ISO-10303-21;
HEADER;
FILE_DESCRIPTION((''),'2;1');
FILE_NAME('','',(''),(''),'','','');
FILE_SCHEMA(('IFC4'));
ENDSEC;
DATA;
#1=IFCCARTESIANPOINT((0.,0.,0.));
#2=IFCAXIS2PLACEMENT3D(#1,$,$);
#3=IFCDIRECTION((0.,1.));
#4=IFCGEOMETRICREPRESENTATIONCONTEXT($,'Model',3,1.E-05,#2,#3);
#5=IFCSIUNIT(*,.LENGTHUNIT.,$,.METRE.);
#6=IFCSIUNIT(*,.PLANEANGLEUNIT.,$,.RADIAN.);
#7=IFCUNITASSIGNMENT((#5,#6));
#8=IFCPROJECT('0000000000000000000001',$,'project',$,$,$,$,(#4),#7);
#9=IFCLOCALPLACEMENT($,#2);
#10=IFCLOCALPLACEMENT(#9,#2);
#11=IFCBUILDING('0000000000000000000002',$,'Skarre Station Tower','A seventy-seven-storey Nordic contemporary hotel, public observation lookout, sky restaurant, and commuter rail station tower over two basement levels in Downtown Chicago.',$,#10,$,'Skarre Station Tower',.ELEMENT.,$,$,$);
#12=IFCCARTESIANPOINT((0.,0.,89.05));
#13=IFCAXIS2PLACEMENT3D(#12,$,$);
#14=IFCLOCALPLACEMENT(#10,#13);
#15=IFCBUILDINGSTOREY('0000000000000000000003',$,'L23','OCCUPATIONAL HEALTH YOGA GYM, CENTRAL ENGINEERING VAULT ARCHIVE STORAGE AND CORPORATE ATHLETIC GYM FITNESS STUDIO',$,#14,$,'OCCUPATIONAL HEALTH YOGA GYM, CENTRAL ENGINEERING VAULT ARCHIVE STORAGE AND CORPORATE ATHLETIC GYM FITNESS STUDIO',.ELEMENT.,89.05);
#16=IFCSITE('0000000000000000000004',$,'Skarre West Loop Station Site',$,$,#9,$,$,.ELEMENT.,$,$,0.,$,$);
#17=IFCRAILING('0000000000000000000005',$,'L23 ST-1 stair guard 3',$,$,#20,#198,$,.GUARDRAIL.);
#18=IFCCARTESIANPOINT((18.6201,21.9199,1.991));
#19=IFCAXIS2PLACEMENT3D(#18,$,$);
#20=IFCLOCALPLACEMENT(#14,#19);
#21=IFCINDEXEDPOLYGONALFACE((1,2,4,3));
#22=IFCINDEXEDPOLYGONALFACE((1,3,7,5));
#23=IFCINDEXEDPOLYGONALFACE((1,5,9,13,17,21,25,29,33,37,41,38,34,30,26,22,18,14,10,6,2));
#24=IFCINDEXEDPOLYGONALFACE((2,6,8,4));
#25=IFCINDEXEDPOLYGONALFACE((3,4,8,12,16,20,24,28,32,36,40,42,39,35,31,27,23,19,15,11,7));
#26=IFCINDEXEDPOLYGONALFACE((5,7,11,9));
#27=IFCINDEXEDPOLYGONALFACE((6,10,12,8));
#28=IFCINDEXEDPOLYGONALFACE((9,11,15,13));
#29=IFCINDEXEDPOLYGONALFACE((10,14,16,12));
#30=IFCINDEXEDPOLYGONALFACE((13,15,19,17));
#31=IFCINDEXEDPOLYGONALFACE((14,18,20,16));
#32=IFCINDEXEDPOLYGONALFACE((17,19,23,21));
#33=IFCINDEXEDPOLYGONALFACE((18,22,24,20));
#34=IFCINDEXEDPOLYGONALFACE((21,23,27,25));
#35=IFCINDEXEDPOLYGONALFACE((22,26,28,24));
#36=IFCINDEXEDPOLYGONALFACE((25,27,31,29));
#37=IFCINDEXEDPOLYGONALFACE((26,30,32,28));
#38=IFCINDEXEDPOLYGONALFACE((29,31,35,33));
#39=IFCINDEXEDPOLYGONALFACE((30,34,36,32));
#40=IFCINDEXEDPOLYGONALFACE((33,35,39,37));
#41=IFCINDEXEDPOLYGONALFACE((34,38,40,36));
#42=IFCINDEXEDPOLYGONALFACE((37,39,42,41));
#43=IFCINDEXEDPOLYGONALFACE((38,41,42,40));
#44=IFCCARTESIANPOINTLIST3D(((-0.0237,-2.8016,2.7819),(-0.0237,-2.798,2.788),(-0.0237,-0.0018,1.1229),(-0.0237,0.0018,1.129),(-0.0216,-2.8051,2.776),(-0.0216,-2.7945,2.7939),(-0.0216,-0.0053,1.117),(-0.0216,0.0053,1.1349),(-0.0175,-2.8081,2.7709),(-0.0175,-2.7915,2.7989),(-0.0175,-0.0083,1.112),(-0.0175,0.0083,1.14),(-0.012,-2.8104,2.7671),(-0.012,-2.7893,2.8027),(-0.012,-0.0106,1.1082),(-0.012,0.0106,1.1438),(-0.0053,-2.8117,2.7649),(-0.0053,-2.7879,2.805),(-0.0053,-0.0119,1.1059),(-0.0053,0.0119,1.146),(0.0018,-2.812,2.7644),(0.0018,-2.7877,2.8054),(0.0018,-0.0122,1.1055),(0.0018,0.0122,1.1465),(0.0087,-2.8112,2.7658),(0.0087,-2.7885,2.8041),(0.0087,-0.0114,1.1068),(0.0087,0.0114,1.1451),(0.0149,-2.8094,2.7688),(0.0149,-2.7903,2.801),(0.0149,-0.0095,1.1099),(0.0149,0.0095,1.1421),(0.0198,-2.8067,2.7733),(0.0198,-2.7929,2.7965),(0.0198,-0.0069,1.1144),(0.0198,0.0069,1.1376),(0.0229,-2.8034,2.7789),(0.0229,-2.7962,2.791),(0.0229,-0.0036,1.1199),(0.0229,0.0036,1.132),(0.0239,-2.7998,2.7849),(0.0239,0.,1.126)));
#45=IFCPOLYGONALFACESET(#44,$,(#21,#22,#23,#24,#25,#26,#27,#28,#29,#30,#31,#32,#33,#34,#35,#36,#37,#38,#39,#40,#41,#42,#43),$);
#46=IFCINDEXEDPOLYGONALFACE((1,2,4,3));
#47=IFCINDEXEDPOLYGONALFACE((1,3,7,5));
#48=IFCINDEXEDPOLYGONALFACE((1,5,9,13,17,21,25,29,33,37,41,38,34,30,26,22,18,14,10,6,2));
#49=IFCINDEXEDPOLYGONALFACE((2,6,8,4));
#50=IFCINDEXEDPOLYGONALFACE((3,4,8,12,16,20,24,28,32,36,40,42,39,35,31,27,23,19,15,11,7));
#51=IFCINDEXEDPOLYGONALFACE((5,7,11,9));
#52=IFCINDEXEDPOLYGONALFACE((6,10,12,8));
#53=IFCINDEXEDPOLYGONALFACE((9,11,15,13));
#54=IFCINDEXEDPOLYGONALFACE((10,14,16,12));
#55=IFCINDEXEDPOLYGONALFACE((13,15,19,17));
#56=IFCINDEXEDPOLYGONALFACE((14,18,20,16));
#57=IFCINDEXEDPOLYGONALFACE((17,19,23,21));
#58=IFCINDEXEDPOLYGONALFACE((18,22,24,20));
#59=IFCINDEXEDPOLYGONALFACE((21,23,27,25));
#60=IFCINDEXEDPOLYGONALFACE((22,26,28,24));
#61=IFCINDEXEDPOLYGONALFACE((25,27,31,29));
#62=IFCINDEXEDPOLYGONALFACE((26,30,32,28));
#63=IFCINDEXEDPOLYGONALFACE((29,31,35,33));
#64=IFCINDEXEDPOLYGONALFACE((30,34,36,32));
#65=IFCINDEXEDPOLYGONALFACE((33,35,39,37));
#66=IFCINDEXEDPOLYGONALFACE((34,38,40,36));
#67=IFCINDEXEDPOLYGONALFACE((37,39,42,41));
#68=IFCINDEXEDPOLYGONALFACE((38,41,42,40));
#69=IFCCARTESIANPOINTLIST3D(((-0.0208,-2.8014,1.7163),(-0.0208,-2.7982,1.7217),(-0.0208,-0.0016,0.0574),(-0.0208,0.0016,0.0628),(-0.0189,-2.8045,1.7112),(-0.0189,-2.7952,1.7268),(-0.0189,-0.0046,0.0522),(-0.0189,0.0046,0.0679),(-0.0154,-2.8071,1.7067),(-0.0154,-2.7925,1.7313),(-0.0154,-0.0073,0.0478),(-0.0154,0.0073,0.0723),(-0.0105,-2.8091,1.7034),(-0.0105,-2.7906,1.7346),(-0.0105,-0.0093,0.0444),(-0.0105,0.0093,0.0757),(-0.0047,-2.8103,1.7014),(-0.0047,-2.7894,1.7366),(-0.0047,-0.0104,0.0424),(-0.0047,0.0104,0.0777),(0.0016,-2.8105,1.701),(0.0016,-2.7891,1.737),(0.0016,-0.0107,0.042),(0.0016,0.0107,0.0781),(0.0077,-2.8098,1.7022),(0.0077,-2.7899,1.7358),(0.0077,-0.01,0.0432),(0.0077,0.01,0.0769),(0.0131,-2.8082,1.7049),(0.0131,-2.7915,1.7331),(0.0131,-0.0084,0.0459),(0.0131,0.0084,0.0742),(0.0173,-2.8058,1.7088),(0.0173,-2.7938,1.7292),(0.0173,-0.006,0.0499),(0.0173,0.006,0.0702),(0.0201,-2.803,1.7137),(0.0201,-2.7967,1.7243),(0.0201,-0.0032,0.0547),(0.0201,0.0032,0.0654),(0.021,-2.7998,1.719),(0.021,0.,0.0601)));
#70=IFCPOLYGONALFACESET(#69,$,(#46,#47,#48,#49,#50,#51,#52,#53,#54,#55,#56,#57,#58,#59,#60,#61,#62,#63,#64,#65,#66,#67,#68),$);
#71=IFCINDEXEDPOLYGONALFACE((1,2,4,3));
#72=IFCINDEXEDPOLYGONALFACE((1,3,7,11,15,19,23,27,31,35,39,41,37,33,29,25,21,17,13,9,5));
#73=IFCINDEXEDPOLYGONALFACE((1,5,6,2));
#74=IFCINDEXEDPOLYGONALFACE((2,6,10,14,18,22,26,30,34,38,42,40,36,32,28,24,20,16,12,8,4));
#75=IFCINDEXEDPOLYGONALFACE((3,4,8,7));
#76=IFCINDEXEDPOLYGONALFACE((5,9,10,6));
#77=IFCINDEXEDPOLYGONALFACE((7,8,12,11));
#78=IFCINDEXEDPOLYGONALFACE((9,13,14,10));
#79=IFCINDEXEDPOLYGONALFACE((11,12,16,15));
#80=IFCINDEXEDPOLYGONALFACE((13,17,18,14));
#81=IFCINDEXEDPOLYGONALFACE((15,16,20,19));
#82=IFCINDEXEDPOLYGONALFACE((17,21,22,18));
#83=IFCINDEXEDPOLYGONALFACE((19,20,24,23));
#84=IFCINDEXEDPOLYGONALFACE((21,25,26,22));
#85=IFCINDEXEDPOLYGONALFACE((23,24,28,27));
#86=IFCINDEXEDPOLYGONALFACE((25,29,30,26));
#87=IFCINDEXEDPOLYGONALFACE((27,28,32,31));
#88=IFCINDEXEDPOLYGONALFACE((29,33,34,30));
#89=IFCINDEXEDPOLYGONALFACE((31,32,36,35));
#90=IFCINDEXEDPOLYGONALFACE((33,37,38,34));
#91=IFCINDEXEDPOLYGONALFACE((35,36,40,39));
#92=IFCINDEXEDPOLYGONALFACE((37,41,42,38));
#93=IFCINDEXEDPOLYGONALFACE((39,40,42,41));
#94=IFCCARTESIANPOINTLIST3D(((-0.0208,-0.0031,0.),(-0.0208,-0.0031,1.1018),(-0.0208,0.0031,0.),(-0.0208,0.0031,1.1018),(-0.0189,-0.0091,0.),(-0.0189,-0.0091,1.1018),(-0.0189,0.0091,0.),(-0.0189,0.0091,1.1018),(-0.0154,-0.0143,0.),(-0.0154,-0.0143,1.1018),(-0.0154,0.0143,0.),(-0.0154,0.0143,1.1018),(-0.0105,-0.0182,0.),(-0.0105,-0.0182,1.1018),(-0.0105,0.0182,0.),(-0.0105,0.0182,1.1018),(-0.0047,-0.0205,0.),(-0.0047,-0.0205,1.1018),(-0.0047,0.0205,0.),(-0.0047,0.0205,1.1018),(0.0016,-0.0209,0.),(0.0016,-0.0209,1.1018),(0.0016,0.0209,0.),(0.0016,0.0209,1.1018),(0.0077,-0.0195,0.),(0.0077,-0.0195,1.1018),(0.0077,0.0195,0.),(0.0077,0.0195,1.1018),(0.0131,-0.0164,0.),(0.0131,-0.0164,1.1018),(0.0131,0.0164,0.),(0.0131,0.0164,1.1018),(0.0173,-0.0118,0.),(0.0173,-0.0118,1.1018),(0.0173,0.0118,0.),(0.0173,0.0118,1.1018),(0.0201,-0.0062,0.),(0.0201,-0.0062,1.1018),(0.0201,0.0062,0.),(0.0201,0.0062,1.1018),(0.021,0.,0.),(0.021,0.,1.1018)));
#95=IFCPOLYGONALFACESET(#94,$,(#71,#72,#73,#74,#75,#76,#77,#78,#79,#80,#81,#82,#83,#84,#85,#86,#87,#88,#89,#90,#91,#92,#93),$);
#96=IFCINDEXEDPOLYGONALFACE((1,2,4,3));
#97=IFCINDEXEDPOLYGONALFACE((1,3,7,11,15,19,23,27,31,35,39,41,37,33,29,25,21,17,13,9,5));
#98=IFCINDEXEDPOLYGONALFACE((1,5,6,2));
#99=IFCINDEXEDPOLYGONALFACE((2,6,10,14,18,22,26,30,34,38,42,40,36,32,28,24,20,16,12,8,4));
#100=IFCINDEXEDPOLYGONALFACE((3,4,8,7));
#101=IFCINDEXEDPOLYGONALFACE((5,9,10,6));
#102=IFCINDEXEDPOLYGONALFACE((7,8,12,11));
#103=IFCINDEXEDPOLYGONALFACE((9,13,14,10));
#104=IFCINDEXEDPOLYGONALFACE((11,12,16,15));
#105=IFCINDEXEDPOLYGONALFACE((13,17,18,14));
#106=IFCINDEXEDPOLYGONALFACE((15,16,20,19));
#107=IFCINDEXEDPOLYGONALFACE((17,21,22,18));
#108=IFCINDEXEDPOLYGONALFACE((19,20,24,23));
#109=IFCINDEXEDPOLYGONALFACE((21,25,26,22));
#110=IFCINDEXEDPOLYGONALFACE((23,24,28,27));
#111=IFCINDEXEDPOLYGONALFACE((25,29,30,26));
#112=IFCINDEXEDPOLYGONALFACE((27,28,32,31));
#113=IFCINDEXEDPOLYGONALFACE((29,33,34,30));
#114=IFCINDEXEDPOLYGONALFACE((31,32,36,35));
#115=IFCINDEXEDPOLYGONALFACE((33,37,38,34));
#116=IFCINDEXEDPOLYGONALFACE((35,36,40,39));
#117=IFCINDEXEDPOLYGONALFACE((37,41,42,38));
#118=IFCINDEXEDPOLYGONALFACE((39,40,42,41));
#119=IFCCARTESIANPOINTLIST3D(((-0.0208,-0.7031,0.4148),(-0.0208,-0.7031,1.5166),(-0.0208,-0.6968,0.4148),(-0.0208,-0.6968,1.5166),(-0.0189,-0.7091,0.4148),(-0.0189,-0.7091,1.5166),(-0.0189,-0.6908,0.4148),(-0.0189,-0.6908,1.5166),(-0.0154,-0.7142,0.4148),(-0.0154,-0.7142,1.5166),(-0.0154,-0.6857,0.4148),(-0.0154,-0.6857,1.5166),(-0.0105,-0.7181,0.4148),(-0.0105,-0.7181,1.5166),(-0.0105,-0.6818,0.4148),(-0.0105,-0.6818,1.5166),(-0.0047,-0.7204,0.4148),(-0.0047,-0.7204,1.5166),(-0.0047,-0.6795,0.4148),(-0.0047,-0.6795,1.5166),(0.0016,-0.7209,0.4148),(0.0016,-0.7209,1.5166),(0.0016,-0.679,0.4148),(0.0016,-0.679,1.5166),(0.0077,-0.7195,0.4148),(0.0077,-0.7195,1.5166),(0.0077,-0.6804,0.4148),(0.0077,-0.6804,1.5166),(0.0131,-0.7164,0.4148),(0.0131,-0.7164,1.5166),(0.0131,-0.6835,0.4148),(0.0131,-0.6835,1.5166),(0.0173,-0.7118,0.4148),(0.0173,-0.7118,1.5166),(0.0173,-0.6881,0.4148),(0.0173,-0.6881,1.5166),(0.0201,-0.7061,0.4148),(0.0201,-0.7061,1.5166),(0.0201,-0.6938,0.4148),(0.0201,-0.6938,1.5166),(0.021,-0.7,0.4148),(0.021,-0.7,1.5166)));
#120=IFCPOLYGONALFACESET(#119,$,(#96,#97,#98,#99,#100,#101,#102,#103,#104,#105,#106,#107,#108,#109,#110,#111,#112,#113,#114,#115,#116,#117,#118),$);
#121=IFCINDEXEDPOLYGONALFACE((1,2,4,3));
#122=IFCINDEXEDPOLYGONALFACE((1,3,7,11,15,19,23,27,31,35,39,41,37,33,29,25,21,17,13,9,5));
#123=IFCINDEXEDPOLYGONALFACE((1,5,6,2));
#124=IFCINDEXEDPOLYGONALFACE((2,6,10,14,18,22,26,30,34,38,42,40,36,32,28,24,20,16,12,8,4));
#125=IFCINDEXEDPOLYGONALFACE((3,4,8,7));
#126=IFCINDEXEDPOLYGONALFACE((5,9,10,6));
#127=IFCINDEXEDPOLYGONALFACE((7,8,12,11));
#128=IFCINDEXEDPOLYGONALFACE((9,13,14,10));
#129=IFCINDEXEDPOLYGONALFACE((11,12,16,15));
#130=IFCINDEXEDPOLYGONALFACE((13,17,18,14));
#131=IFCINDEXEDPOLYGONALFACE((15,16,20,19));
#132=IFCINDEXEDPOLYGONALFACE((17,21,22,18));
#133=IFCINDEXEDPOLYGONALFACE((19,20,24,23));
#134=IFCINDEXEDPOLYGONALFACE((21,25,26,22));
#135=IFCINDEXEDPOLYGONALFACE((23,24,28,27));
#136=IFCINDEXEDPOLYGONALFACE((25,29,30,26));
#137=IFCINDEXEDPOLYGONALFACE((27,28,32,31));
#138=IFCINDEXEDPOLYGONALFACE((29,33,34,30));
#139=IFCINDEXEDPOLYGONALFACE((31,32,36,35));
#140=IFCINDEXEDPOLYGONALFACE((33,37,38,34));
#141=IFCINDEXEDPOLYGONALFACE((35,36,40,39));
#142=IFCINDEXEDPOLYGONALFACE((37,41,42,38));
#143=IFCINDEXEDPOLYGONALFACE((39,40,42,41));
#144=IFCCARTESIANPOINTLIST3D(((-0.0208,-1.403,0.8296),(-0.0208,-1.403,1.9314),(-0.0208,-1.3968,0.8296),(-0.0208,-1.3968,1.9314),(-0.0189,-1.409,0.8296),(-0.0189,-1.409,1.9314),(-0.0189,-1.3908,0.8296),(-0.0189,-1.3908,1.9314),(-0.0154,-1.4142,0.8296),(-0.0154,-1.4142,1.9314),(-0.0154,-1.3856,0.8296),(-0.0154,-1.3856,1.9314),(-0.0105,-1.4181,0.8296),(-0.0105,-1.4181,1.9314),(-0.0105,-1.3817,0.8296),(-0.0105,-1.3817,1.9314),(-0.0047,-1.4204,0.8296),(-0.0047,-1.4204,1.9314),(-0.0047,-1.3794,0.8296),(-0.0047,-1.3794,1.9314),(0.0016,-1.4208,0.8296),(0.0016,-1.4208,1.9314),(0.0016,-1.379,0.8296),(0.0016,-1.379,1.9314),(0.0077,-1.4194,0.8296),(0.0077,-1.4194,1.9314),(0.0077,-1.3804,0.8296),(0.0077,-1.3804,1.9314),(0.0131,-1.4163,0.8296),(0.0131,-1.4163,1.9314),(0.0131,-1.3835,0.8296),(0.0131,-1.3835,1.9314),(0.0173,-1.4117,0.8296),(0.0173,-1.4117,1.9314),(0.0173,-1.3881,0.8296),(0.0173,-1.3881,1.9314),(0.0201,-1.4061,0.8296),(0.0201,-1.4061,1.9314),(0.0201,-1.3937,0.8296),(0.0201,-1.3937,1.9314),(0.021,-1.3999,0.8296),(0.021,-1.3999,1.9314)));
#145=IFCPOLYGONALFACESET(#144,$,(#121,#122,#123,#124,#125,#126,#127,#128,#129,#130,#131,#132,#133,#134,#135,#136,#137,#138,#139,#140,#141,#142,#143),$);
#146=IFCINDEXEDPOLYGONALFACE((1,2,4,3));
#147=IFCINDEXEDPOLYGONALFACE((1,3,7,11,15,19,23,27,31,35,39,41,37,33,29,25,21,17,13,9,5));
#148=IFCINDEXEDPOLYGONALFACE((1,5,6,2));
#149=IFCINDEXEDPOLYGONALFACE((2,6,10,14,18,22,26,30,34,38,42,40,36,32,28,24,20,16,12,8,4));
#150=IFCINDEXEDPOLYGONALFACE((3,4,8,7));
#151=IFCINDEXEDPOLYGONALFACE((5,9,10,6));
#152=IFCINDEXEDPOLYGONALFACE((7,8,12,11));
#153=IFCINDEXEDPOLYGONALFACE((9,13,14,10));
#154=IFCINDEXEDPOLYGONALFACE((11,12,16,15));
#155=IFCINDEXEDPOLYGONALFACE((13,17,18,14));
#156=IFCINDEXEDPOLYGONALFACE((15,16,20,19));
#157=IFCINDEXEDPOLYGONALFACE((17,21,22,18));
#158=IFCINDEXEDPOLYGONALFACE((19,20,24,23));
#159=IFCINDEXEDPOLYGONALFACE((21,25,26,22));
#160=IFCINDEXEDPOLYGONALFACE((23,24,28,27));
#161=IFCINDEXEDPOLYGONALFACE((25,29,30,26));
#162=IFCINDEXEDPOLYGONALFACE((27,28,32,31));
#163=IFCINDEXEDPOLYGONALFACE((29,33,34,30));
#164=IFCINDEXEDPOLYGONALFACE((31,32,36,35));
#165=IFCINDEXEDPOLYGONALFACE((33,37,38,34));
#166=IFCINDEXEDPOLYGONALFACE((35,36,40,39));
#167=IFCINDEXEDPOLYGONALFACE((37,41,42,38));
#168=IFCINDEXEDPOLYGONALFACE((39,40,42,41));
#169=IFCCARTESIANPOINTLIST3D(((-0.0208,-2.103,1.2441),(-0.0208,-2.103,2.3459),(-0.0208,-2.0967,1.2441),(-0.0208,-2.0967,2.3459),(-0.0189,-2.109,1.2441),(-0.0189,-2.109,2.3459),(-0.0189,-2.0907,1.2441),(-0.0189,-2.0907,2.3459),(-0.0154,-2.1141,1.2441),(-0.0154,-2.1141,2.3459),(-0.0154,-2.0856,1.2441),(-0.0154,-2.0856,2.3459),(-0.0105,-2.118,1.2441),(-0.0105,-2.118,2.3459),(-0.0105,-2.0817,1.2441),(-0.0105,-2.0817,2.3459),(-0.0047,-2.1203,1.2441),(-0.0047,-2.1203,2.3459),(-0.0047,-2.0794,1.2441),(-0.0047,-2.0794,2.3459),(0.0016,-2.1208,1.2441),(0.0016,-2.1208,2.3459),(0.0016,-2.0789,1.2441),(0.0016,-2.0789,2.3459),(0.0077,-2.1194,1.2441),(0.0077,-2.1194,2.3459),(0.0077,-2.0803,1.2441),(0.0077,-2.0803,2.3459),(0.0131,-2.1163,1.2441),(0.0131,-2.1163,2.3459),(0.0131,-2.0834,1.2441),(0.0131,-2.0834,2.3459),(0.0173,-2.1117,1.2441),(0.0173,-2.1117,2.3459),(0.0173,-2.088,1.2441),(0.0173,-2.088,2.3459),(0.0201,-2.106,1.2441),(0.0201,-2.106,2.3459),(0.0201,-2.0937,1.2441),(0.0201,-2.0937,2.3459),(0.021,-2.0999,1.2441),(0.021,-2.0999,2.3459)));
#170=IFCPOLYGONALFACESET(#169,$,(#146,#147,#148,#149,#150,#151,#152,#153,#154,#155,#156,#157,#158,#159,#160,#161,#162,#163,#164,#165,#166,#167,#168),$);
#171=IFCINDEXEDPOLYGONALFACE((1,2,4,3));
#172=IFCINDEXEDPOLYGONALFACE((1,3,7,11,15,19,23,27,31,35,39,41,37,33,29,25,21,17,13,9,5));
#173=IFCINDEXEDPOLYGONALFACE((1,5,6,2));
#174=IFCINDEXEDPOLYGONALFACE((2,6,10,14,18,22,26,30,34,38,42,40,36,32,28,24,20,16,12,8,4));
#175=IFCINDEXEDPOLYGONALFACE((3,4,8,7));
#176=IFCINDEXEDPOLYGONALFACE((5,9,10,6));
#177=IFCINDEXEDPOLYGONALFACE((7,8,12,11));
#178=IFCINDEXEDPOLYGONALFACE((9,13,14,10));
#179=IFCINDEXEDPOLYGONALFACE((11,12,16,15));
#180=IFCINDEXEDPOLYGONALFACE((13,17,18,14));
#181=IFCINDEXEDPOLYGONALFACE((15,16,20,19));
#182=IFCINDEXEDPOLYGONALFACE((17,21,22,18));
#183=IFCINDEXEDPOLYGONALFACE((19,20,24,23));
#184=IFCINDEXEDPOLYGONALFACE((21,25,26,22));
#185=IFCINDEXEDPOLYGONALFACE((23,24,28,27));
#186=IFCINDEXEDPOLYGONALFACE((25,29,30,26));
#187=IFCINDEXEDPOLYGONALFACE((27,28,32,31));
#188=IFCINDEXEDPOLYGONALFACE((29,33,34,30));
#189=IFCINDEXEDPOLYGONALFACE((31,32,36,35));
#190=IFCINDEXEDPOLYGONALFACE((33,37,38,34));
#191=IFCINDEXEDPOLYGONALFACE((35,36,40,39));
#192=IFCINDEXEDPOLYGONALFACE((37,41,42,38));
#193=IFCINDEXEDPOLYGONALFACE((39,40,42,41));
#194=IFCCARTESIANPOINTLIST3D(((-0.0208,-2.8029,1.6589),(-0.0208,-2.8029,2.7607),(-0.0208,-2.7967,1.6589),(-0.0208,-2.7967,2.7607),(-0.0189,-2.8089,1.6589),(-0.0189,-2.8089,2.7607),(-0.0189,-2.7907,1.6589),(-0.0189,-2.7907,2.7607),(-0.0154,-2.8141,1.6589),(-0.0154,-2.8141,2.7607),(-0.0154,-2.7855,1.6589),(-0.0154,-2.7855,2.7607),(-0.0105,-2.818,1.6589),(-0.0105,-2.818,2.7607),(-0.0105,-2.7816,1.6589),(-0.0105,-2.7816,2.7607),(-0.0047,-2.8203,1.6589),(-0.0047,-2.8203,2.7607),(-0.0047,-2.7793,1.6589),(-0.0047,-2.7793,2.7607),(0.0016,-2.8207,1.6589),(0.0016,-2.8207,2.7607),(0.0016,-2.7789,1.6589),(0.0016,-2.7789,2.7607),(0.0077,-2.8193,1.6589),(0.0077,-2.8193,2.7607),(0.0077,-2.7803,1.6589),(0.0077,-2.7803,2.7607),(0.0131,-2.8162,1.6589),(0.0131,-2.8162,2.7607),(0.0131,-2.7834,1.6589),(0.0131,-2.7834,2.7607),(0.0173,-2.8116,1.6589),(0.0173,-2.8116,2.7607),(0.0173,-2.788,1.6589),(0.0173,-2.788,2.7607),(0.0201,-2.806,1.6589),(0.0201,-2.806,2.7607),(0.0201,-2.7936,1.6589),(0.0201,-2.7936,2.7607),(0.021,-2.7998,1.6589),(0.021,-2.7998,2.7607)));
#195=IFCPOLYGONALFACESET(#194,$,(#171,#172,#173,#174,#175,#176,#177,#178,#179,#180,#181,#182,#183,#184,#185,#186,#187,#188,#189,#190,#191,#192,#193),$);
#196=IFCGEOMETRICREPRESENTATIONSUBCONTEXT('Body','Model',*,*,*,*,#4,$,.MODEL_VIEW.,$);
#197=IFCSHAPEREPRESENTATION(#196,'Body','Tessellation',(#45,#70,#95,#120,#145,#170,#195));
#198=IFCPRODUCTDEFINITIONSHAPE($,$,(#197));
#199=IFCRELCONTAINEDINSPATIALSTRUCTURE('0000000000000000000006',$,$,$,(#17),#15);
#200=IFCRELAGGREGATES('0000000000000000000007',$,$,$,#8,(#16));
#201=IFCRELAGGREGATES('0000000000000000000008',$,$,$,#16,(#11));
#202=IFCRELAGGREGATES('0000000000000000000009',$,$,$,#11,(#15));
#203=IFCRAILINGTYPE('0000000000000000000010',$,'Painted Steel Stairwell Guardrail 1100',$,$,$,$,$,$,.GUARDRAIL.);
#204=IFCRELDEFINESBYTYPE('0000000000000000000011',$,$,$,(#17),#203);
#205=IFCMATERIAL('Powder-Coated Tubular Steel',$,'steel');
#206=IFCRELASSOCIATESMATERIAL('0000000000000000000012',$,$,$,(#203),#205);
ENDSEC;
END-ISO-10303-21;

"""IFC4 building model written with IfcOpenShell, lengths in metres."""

from ifc_helpers import new_model, si_unit, direction, frame, origin, origin_2d, place, context, subcontext, project, spatial, circle, extrude, material, type_object, element, save


model = new_model("IFC4")

# Units and contexts
model_context = context("Model", 3, precision=1e-05, world=origin(), true_north=direction((0.0, 1.0)))
body_context = subcontext(model_context, "Body", "Model", "MODEL_VIEW")
ifc_project = project(units=[si_unit("LENGTHUNIT", "METRE"), si_unit("PLANEANGLEUNIT", "RADIAN")], contexts=[model_context])

# Site, building, storey
site_placement = place(None, origin())
site = spatial("IfcSite", under=ifc_project, at=site_placement, Name="Skarre West Loop Station Site", CompositionType="ELEMENT", RefElevation=0.0)
building_placement = place(site_placement, origin())
building = spatial("IfcBuilding", under=site, at=building_placement, Name="Skarre Station Tower", Description="A seventy-seven-storey Nordic contemporary hotel, public observation lookout, sky restaurant, and commuter rail station tower over two basement levels in Downtown Chicago.", LongName="Skarre Station Tower", CompositionType="ELEMENT")
storey_placement = place(building_placement, frame((0.0, 0.0, 89.05)))
storey = spatial("IfcBuildingStorey", under=building, at=storey_placement, Name="L23", Description="OCCUPATIONAL HEALTH YOGA GYM, CENTRAL ENGINEERING VAULT ARCHIVE STORAGE AND CORPORATE ATHLETIC GYM FITNESS STUDIO", LongName="OCCUPATIONAL HEALTH YOGA GYM, CENTRAL ENGINEERING VAULT ARCHIVE STORAGE AND CORPORATE ATHLETIC GYM FITNESS STUDIO", CompositionType="ELEMENT", Elevation=89.05)

# Railing
ifc_material_1 = material(Name="Powder-Coated Tubular Steel", Category="steel")
railing_type_1 = type_object("IfcRailingType", Name="Painted Steel Stairwell Guardrail 1100", PredefinedType="GUARDRAIL", material=ifc_material_1)
railing_1_placement = place(storey_placement, frame((18.6201, 21.9199, 1.991)))
element("IfcRailing", 1, at=railing_1_placement, inside=storey, type_object=railing_type_1, Name="L23 ST-1 stair guard 3", PredefinedType="GUARDRAIL", context=body_context, shape_type="SweptSolid", body=[
    extrude(circle(Radius=0.0239, at=origin_2d()), frame((0.0, 0.0, 1.126), z_axis=(0.0, -0.86032, 0.509755), x_axis=(1.0, 0.0, 0.0)), (0.0, 0.0, 1.0), 3.2544),
    extrude(circle(Radius=0.021, at=origin_2d()), frame((0.0, 0.0, 0.0601), z_axis=(0.0, -0.86032, 0.509755), x_axis=(1.0, 0.0, 0.0)), (0.0, 0.0, 1.0), 3.2544),
    extrude(circle(Radius=0.021, at=origin_2d()), origin(), (0.0, 0.0, 1.0), 1.1018),
    extrude(circle(Radius=0.021, at=origin_2d()), frame((0.0, -0.7, 0.4148)), (0.0, 0.0, 1.0), 1.1018),
    extrude(circle(Radius=0.021, at=origin_2d()), frame((0.0, -1.3999, 0.8296)), (0.0, 0.0, 1.0), 1.1018),
    extrude(circle(Radius=0.021, at=origin_2d()), frame((0.0, -2.0999, 1.2441)), (0.0, 0.0, 1.0), 1.1018),
    extrude(circle(Radius=0.021, at=origin_2d()), frame((0.0, -2.7998, 1.6589)), (0.0, 0.0, 1.0), 1.1018),
])

save(model, "model.ifc")
